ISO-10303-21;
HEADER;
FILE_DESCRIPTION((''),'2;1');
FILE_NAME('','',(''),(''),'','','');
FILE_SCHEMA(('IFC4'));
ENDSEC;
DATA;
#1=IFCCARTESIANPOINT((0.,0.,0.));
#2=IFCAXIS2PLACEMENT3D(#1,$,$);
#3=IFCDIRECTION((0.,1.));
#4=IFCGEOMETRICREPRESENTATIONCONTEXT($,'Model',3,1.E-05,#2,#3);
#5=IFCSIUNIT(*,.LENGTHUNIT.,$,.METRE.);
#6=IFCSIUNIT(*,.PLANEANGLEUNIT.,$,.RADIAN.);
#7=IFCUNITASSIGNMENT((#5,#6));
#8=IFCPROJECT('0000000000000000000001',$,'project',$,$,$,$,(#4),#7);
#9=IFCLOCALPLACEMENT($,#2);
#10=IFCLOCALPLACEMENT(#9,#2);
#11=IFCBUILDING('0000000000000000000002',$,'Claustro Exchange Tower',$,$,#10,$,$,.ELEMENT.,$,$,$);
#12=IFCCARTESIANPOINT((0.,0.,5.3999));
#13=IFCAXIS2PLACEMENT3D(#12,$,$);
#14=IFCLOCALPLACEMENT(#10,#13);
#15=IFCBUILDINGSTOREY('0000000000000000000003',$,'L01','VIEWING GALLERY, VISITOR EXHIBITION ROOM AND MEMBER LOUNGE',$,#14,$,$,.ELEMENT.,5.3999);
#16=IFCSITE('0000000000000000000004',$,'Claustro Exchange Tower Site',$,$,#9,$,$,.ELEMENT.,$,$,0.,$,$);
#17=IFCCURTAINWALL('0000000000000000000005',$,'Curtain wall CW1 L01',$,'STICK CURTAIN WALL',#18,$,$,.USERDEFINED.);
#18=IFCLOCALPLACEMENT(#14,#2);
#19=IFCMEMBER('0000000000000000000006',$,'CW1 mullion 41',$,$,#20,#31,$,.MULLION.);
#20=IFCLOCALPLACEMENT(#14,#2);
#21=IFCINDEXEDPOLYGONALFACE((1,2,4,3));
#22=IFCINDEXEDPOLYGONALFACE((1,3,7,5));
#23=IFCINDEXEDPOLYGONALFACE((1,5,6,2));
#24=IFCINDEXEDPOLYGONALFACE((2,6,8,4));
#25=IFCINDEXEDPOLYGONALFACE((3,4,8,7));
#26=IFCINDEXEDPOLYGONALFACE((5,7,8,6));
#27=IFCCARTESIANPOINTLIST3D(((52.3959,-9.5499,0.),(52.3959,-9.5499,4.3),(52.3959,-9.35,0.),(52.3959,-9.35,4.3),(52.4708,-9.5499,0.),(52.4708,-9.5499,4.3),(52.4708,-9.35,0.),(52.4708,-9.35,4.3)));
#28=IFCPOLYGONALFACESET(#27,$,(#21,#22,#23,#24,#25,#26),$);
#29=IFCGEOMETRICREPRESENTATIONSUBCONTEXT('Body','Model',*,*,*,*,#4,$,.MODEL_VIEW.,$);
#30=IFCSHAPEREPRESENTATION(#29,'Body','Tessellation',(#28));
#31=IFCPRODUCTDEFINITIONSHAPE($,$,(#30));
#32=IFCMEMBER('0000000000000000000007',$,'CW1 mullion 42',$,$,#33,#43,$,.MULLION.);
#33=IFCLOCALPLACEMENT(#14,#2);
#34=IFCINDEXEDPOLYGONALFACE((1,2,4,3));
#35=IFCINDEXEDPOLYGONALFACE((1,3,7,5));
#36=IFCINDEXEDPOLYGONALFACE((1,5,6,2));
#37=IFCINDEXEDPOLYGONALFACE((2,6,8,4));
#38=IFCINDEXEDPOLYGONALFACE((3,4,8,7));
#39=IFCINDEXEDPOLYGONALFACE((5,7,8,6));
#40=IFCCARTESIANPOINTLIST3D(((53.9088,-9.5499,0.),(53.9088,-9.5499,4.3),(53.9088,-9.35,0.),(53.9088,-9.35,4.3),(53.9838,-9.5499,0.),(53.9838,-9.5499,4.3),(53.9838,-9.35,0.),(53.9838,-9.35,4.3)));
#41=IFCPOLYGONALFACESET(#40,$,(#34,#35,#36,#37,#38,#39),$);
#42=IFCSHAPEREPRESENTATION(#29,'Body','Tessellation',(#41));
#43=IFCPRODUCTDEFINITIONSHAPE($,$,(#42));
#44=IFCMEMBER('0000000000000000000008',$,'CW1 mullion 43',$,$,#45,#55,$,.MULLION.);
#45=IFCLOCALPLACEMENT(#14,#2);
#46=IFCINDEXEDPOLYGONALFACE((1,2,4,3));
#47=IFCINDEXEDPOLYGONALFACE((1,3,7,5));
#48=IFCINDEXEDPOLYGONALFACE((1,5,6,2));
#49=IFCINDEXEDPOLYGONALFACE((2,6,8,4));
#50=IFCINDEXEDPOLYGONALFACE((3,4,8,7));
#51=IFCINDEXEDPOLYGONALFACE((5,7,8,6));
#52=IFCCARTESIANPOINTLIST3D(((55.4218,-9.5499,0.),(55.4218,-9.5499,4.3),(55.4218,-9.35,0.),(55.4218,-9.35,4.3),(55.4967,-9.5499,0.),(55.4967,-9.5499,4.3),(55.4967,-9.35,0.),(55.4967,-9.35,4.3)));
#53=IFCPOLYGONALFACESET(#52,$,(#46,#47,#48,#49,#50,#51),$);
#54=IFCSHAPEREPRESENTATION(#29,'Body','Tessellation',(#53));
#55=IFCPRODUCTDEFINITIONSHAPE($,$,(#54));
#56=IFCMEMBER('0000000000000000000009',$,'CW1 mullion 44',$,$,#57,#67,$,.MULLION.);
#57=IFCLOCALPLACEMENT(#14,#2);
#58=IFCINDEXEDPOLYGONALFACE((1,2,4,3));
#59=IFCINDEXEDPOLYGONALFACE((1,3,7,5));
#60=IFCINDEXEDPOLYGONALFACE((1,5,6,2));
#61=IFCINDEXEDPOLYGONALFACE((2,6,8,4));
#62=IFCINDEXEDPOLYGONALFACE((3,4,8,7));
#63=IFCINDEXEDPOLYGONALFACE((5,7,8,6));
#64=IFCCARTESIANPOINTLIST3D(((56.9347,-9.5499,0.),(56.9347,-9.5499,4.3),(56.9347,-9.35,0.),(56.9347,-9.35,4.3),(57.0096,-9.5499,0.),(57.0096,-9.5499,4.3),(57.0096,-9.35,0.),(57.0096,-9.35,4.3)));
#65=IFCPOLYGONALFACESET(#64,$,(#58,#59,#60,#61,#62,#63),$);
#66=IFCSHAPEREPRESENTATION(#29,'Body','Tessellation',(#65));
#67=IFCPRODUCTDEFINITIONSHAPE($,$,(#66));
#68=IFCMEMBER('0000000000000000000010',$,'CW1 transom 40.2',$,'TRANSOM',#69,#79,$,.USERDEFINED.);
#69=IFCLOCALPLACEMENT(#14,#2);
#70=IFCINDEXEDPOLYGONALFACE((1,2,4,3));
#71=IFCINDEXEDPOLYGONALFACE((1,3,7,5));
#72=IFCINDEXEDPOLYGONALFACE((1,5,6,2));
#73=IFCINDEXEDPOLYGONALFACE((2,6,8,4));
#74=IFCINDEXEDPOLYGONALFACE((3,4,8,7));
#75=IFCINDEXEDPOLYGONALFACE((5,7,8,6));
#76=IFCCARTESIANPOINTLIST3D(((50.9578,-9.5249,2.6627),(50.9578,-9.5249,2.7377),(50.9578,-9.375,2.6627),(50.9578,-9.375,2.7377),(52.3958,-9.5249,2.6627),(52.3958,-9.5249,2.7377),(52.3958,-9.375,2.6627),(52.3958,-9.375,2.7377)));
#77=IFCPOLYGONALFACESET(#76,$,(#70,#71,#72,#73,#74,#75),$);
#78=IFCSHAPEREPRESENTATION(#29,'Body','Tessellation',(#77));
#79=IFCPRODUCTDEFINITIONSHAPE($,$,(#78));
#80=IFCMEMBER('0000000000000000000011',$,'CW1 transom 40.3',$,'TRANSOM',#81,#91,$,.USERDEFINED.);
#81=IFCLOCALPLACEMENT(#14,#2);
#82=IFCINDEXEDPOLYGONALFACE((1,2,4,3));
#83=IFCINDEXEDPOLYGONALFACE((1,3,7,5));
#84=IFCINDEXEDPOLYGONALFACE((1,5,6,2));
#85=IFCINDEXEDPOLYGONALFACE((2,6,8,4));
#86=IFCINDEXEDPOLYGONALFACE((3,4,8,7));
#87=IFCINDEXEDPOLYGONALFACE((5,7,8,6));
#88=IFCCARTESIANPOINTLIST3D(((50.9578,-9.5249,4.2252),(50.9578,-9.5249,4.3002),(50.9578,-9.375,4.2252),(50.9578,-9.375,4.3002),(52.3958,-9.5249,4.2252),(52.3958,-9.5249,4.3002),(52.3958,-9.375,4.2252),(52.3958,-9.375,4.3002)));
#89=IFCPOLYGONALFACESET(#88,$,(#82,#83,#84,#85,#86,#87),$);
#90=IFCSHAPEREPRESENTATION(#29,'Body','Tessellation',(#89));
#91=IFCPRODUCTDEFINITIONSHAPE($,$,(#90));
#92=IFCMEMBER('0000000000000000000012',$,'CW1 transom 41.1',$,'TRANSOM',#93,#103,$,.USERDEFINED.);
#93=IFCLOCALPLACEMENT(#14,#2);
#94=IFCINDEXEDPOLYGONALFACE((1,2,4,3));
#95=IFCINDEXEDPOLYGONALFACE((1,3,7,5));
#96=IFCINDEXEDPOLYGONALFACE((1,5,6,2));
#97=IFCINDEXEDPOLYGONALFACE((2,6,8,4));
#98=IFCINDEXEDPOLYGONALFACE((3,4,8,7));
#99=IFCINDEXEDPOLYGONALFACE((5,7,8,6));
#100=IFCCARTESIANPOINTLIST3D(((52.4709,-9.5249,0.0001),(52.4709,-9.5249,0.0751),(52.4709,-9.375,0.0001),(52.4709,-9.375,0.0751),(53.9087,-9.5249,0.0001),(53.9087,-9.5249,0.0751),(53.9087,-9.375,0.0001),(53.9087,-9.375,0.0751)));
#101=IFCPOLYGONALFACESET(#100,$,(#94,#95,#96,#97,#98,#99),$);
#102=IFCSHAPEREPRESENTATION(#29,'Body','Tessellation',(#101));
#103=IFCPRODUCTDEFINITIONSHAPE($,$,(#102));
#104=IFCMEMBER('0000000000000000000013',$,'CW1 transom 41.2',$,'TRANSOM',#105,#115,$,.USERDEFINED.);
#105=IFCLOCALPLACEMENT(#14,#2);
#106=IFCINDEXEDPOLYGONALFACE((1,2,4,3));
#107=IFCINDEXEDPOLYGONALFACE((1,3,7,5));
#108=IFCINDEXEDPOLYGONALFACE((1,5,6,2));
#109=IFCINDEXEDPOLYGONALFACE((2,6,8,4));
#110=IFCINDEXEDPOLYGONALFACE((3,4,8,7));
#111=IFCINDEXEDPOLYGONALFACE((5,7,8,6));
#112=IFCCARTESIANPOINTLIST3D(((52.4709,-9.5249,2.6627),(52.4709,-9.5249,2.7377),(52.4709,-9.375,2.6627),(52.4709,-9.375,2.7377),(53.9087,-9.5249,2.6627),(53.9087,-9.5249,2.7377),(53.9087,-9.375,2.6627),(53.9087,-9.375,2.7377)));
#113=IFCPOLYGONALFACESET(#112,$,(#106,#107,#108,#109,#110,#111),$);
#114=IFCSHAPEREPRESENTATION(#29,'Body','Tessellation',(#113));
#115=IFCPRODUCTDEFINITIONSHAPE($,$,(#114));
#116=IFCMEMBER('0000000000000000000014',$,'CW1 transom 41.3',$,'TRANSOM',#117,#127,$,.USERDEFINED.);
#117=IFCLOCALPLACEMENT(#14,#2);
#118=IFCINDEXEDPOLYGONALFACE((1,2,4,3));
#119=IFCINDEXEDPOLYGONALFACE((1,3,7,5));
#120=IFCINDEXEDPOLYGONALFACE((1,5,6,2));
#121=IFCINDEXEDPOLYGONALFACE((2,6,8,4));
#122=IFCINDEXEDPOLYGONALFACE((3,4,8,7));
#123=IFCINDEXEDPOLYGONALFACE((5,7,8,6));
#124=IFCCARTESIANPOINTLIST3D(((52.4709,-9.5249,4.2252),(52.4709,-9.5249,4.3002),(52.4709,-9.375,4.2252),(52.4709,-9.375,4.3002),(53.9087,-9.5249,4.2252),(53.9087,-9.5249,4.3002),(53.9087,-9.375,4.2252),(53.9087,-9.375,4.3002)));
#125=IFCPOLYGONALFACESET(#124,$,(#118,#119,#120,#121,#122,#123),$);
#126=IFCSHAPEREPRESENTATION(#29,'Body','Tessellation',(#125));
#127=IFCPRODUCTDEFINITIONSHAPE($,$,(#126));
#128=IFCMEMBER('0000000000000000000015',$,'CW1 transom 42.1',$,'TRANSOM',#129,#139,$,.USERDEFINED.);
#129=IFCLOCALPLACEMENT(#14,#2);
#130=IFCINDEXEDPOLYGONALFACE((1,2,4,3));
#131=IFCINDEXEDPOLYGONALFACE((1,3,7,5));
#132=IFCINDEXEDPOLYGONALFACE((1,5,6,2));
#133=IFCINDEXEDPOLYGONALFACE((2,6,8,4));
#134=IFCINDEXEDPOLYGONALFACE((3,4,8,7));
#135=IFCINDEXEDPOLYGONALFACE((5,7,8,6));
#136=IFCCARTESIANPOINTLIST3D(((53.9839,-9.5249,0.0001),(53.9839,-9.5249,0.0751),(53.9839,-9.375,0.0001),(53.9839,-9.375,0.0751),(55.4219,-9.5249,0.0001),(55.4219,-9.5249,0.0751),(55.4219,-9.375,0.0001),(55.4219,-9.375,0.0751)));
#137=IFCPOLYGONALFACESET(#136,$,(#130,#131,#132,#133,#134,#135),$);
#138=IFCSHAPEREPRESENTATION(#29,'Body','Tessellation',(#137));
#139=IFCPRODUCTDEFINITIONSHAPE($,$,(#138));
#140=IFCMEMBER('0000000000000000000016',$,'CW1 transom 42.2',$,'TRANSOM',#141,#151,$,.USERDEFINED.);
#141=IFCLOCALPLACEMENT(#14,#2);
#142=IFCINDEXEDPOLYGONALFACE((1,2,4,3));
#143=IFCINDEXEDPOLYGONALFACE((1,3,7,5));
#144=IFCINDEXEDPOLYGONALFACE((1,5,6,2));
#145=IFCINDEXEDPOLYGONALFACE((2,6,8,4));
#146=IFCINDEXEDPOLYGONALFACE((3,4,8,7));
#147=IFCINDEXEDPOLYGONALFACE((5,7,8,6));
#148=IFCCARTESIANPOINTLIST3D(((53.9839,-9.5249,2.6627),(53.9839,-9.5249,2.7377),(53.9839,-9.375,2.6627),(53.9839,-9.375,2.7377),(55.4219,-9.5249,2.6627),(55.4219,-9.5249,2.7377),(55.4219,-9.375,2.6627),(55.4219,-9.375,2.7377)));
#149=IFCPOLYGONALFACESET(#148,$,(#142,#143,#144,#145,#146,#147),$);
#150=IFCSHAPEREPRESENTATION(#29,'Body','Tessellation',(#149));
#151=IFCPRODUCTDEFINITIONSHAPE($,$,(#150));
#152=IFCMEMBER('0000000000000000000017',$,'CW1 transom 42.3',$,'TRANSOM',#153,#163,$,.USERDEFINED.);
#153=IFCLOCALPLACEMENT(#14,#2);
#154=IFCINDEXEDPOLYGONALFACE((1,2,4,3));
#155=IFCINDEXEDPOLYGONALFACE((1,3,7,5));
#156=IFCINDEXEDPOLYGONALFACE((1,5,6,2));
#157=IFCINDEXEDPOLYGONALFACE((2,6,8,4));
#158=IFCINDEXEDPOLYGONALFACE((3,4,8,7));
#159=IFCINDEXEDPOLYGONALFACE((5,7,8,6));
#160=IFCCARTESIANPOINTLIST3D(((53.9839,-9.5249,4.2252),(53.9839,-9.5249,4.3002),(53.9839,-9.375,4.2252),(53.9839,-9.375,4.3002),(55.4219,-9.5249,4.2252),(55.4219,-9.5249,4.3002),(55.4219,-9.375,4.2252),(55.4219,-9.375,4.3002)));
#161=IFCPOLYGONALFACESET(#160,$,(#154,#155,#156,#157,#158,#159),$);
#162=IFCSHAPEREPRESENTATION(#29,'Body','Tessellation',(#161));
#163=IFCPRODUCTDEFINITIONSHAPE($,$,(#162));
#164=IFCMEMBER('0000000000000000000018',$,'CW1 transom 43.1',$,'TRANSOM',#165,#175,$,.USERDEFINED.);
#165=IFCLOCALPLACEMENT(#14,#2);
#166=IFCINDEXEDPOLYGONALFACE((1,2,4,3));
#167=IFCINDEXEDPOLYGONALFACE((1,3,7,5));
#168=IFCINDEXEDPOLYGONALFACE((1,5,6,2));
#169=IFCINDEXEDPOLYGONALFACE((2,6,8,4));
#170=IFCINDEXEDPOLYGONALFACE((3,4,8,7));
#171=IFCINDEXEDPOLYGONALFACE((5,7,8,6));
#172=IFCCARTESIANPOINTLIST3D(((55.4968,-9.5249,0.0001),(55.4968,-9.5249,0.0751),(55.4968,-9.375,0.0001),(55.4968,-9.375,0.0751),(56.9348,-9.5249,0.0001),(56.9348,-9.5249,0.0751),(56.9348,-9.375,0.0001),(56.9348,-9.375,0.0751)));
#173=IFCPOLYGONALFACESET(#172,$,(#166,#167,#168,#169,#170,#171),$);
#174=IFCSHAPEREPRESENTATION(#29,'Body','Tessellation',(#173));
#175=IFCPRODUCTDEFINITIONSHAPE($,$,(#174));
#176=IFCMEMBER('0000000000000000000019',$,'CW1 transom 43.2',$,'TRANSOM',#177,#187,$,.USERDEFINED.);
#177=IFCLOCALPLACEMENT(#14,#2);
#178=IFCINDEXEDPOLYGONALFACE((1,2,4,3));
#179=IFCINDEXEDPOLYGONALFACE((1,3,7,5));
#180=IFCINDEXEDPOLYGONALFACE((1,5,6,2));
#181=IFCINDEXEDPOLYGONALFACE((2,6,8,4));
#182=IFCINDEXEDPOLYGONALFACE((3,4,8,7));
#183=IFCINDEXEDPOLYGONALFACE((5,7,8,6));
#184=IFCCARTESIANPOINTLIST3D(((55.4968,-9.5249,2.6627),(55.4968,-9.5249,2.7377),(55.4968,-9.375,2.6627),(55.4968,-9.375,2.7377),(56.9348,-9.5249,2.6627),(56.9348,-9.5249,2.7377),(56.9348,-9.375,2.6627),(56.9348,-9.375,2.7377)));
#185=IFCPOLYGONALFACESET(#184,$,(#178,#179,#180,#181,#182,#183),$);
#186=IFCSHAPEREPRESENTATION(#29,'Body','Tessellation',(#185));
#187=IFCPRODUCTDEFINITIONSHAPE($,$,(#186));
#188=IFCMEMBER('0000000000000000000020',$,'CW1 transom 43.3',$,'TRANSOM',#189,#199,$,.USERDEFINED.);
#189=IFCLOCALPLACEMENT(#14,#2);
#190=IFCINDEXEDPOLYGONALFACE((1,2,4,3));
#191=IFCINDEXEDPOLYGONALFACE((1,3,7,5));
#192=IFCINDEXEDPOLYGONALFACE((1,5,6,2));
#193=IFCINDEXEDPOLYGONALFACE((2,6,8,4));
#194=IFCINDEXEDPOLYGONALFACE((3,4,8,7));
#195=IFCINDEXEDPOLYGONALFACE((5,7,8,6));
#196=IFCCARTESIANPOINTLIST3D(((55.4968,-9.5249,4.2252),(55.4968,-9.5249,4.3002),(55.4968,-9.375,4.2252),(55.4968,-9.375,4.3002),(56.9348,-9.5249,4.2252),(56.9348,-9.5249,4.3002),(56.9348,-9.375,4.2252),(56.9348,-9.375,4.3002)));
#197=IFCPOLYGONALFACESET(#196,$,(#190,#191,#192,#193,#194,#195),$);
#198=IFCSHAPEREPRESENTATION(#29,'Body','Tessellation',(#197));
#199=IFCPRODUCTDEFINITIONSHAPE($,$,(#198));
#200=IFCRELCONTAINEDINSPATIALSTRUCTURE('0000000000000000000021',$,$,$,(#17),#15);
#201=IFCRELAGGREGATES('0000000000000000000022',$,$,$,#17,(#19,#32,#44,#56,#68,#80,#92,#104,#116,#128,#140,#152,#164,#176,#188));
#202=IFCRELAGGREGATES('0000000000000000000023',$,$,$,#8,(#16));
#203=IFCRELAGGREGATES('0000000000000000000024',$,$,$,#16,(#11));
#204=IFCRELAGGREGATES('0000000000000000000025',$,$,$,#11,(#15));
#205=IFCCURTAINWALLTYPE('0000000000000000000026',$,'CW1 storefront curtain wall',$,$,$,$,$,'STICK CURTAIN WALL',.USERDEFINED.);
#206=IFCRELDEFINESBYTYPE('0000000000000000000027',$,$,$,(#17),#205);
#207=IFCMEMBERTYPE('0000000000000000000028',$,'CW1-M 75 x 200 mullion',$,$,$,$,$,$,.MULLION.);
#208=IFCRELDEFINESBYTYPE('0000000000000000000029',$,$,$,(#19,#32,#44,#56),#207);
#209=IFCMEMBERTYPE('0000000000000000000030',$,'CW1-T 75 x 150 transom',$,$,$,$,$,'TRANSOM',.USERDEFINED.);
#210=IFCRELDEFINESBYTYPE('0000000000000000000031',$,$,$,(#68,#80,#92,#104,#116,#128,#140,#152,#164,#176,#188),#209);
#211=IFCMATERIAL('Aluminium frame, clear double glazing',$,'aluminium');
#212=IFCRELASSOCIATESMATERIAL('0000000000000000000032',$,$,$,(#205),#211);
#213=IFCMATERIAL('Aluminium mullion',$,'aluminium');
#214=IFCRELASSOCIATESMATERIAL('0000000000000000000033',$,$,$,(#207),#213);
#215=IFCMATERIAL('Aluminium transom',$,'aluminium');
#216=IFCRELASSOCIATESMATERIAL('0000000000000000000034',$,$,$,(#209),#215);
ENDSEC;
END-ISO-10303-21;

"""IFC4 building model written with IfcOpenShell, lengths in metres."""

from ifc_helpers import new_model, si_unit, direction, frame, origin, origin_2d, place, context, subcontext, project, spatial, rectangle, extrude, material, material_profile, profile_set, type_object, element, aggregate, save


model = new_model("IFC4")

# Units and contexts
model_context = context("Model", 3, precision=1e-05, world=origin(), true_north=direction((0.0, 1.0)))
body_context = subcontext(model_context, "Body", "Model", "MODEL_VIEW")
ifc_project = project(units=[si_unit("LENGTHUNIT", "METRE"), si_unit("PLANEANGLEUNIT", "RADIAN")], contexts=[model_context])

# Site, building, storey
site_placement = place(None, origin())
site = spatial("IfcSite", under=ifc_project, at=site_placement, Name="Claustro Exchange Tower Site", CompositionType="ELEMENT", RefElevation=0.0)
building_placement = place(site_placement, origin())
building = spatial("IfcBuilding", under=site, at=building_placement, Name="Claustro Exchange Tower", CompositionType="ELEMENT")
storey_placement = place(building_placement, frame((0.0, 0.0, 5.3999)))
storey = spatial("IfcBuildingStorey", under=building, at=storey_placement, Name="L01", Description="VIEWING GALLERY, VISITOR EXHIBITION ROOM AND MEMBER LOUNGE", CompositionType="ELEMENT", Elevation=5.3999)

# Curtain wall, members
ifc_material_1 = material(Name="Aluminium frame, clear double glazing", Category="aluminium")
curtain_wall_type = type_object("IfcCurtainWallType", Name="CW1 storefront curtain wall", ElementType="STICK CURTAIN WALL", PredefinedType="USERDEFINED", material=ifc_material_1)
curtain_wall_placement = place(storey_placement, origin())
curtain_wall = element("IfcCurtainWall", 1, at=curtain_wall_placement, inside=storey, type_object=curtain_wall_type, Name="Curtain wall CW1 L01", ObjectType="STICK CURTAIN WALL", PredefinedType="USERDEFINED")
ifc_material_2 = material(Name="Aluminium mullion", Category="aluminium")
ifc_material_profile_1 = material_profile(ifc_material_2, rectangle(XDim=0.2, YDim=0.075, at=origin_2d()), Name="CW1-M 75x200")
ifc_profile_set_1 = profile_set([ifc_material_profile_1], Name="Aluminium mullion")
member_type_1 = type_object("IfcMemberType", Name="CW1-M 75 x 200 mullion", PredefinedType="MULLION", material=ifc_profile_set_1)
member_1_placement = place(storey_placement, frame((52.4333, -9.45, 0.0), z_axis=(0.0, 0.0, 1.0), x_axis=(0.0, 1.0, 0.0)))
member_1 = element("IfcMember", 2, at=member_1_placement, type_object=member_type_1, Name="CW1 mullion 41", PredefinedType="MULLION", context=body_context, shape_type="SweptSolid", body=[
    extrude(rectangle(XDim=0.2, YDim=0.075, at=origin_2d()), origin(), (0.0, 0.0, 1.0), 4.3),
])
member_2_placement = place(storey_placement, frame((53.9463, -9.45, 0.0), z_axis=(0.0, 0.0, 1.0), x_axis=(0.0, 1.0, 0.0)))
member_2 = element("IfcMember", 3, at=member_2_placement, type_object=member_type_1, Name="CW1 mullion 42", PredefinedType="MULLION", context=body_context, shape_type="SweptSolid", body=[
    extrude(rectangle(XDim=0.2, YDim=0.075, at=origin_2d()), origin(), (0.0, 0.0, 1.0), 4.3),
])
member_3_placement = place(storey_placement, frame((55.4592, -9.45, 0.0), z_axis=(0.0, 0.0, 1.0), x_axis=(0.0, 1.0, 0.0)))
member_3 = element("IfcMember", 4, at=member_3_placement, type_object=member_type_1, Name="CW1 mullion 43", PredefinedType="MULLION", context=body_context, shape_type="SweptSolid", body=[
    extrude(rectangle(XDim=0.2, YDim=0.075, at=origin_2d()), origin(), (0.0, 0.0, 1.0), 4.3),
])
member_4_placement = place(storey_placement, frame((56.9722, -9.45, 0.0), z_axis=(0.0, 0.0, 1.0), x_axis=(0.0, 1.0, 0.0)))
member_4 = element("IfcMember", 5, at=member_4_placement, type_object=member_type_1, Name="CW1 mullion 44", PredefinedType="MULLION", context=body_context, shape_type="SweptSolid", body=[
    extrude(rectangle(XDim=0.2, YDim=0.075, at=origin_2d()), origin(), (0.0, 0.0, 1.0), 4.3),
])
ifc_material_3 = material(Name="Aluminium transom", Category="aluminium")
ifc_material_profile_2 = material_profile(ifc_material_3, rectangle(XDim=0.1499, YDim=0.075, at=origin_2d()), Name="CW1-T 75x150")
ifc_profile_set_2 = profile_set([ifc_material_profile_2], Name="Aluminium transom")
member_type_2 = type_object("IfcMemberType", Name="CW1-T 75 x 150 transom", ElementType="TRANSOM", PredefinedType="USERDEFINED", material=ifc_profile_set_2)
member_5_placement = place(storey_placement, frame((50.9578, -9.45, 2.7002), z_axis=(1.0, 0.0, 0.0), x_axis=(0.0, 1.0, 0.0)))
member_5 = element("IfcMember", 6, at=member_5_placement, type_object=member_type_2, Name="CW1 transom 40.2", ObjectType="TRANSOM", PredefinedType="USERDEFINED", context=body_context, shape_type="SweptSolid", body=[
    extrude(rectangle(XDim=0.1499, YDim=0.075, at=origin_2d()), origin(), (0.0, 0.0, 1.0), 1.438),
])
member_6_placement = place(storey_placement, frame((50.9578, -9.45, 4.2627), z_axis=(1.0, 0.0, 0.0), x_axis=(0.0, 1.0, 0.0)))
member_6 = element("IfcMember", 7, at=member_6_placement, type_object=member_type_2, Name="CW1 transom 40.3", ObjectType="TRANSOM", PredefinedType="USERDEFINED", context=body_context, shape_type="SweptSolid", body=[
    extrude(rectangle(XDim=0.1499, YDim=0.075, at=origin_2d()), origin(), (0.0, 0.0, 1.0), 1.438),
])
member_7_placement = place(storey_placement, frame((52.4709, -9.45, 0.0376), z_axis=(1.0, 0.0, 0.0), x_axis=(0.0, 1.0, 0.0)))
member_7 = element("IfcMember", 8, at=member_7_placement, type_object=member_type_2, Name="CW1 transom 41.1", ObjectType="TRANSOM", PredefinedType="USERDEFINED", context=body_context, shape_type="SweptSolid", body=[
    extrude(rectangle(XDim=0.1499, YDim=0.075, at=origin_2d()), origin(), (0.0, 0.0, 1.0), 1.4377),
])
member_8_placement = place(storey_placement, frame((52.4709, -9.45, 2.7002), z_axis=(1.0, 0.0, 0.0), x_axis=(0.0, 1.0, 0.0)))
member_8 = element("IfcMember", 9, at=member_8_placement, type_object=member_type_2, Name="CW1 transom 41.2", ObjectType="TRANSOM", PredefinedType="USERDEFINED", context=body_context, shape_type="SweptSolid", body=[
    extrude(rectangle(XDim=0.1499, YDim=0.075, at=origin_2d()), origin(), (0.0, 0.0, 1.0), 1.4377),
])
member_9_placement = place(storey_placement, frame((52.4709, -9.45, 4.2627), z_axis=(1.0, 0.0, 0.0), x_axis=(0.0, 1.0, 0.0)))
member_9 = element("IfcMember", 10, at=member_9_placement, type_object=member_type_2, Name="CW1 transom 41.3", ObjectType="TRANSOM", PredefinedType="USERDEFINED", context=body_context, shape_type="SweptSolid", body=[
    extrude(rectangle(XDim=0.1499, YDim=0.075, at=origin_2d()), origin(), (0.0, 0.0, 1.0), 1.4377),
])
member_10_placement = place(storey_placement, frame((53.9839, -9.45, 0.0376), z_axis=(1.0, 0.0, 0.0), x_axis=(0.0, 1.0, 0.0)))
member_10 = element("IfcMember", 11, at=member_10_placement, type_object=member_type_2, Name="CW1 transom 42.1", ObjectType="TRANSOM", PredefinedType="USERDEFINED", context=body_context, shape_type="SweptSolid", body=[
    extrude(rectangle(XDim=0.1499, YDim=0.075, at=origin_2d()), origin(), (0.0, 0.0, 1.0), 1.438),
])
member_11_placement = place(storey_placement, frame((53.9839, -9.45, 2.7002), z_axis=(1.0, 0.0, 0.0), x_axis=(0.0, 1.0, 0.0)))
member_11 = element("IfcMember", 12, at=member_11_placement, type_object=member_type_2, Name="CW1 transom 42.2", ObjectType="TRANSOM", PredefinedType="USERDEFINED", context=body_context, shape_type="SweptSolid", body=[
    extrude(rectangle(XDim=0.1499, YDim=0.075, at=origin_2d()), origin(), (0.0, 0.0, 1.0), 1.438),
])
member_12_placement = place(storey_placement, frame((53.9839, -9.45, 4.2627), z_axis=(1.0, 0.0, 0.0), x_axis=(0.0, 1.0, 0.0)))
member_12 = element("IfcMember", 13, at=member_12_placement, type_object=member_type_2, Name="CW1 transom 42.3", ObjectType="TRANSOM", PredefinedType="USERDEFINED", context=body_context, shape_type="SweptSolid", body=[
    extrude(rectangle(XDim=0.1499, YDim=0.075, at=origin_2d()), origin(), (0.0, 0.0, 1.0), 1.438),
])
member_13_placement = place(storey_placement, frame((55.4968, -9.45, 0.0376), z_axis=(1.0, 0.0, 0.0), x_axis=(0.0, 1.0, 0.0)))
member_13 = element("IfcMember", 14, at=member_13_placement, type_object=member_type_2, Name="CW1 transom 43.1", ObjectType="TRANSOM", PredefinedType="USERDEFINED", context=body_context, shape_type="SweptSolid", body=[
    extrude(rectangle(XDim=0.1499, YDim=0.075, at=origin_2d()), origin(), (0.0, 0.0, 1.0), 1.438),
])
member_14_placement = place(storey_placement, frame((55.4968, -9.45, 2.7002), z_axis=(1.0, 0.0, 0.0), x_axis=(0.0, 1.0, 0.0)))
member_14 = element("IfcMember", 15, at=member_14_placement, type_object=member_type_2, Name="CW1 transom 43.2", ObjectType="TRANSOM", PredefinedType="USERDEFINED", context=body_context, shape_type="SweptSolid", body=[
    extrude(rectangle(XDim=0.1499, YDim=0.075, at=origin_2d()), origin(), (0.0, 0.0, 1.0), 1.438),
])
member_15_placement = place(storey_placement, frame((55.4968, -9.45, 4.2627), z_axis=(1.0, 0.0, 0.0), x_axis=(0.0, 1.0, 0.0)))
member_15 = element("IfcMember", 16, at=member_15_placement, type_object=member_type_2, Name="CW1 transom 43.3", ObjectType="TRANSOM", PredefinedType="USERDEFINED", context=body_context, shape_type="SweptSolid", body=[
    extrude(rectangle(XDim=0.1499, YDim=0.075, at=origin_2d()), origin(), (0.0, 0.0, 1.0), 1.438),
])
aggregate(curtain_wall, [member_1, member_2, member_3, member_4, member_5, member_6, member_7, member_8, member_9, member_10, member_11, member_12, member_13, member_14, member_15])

save(model, "model.ifc")
